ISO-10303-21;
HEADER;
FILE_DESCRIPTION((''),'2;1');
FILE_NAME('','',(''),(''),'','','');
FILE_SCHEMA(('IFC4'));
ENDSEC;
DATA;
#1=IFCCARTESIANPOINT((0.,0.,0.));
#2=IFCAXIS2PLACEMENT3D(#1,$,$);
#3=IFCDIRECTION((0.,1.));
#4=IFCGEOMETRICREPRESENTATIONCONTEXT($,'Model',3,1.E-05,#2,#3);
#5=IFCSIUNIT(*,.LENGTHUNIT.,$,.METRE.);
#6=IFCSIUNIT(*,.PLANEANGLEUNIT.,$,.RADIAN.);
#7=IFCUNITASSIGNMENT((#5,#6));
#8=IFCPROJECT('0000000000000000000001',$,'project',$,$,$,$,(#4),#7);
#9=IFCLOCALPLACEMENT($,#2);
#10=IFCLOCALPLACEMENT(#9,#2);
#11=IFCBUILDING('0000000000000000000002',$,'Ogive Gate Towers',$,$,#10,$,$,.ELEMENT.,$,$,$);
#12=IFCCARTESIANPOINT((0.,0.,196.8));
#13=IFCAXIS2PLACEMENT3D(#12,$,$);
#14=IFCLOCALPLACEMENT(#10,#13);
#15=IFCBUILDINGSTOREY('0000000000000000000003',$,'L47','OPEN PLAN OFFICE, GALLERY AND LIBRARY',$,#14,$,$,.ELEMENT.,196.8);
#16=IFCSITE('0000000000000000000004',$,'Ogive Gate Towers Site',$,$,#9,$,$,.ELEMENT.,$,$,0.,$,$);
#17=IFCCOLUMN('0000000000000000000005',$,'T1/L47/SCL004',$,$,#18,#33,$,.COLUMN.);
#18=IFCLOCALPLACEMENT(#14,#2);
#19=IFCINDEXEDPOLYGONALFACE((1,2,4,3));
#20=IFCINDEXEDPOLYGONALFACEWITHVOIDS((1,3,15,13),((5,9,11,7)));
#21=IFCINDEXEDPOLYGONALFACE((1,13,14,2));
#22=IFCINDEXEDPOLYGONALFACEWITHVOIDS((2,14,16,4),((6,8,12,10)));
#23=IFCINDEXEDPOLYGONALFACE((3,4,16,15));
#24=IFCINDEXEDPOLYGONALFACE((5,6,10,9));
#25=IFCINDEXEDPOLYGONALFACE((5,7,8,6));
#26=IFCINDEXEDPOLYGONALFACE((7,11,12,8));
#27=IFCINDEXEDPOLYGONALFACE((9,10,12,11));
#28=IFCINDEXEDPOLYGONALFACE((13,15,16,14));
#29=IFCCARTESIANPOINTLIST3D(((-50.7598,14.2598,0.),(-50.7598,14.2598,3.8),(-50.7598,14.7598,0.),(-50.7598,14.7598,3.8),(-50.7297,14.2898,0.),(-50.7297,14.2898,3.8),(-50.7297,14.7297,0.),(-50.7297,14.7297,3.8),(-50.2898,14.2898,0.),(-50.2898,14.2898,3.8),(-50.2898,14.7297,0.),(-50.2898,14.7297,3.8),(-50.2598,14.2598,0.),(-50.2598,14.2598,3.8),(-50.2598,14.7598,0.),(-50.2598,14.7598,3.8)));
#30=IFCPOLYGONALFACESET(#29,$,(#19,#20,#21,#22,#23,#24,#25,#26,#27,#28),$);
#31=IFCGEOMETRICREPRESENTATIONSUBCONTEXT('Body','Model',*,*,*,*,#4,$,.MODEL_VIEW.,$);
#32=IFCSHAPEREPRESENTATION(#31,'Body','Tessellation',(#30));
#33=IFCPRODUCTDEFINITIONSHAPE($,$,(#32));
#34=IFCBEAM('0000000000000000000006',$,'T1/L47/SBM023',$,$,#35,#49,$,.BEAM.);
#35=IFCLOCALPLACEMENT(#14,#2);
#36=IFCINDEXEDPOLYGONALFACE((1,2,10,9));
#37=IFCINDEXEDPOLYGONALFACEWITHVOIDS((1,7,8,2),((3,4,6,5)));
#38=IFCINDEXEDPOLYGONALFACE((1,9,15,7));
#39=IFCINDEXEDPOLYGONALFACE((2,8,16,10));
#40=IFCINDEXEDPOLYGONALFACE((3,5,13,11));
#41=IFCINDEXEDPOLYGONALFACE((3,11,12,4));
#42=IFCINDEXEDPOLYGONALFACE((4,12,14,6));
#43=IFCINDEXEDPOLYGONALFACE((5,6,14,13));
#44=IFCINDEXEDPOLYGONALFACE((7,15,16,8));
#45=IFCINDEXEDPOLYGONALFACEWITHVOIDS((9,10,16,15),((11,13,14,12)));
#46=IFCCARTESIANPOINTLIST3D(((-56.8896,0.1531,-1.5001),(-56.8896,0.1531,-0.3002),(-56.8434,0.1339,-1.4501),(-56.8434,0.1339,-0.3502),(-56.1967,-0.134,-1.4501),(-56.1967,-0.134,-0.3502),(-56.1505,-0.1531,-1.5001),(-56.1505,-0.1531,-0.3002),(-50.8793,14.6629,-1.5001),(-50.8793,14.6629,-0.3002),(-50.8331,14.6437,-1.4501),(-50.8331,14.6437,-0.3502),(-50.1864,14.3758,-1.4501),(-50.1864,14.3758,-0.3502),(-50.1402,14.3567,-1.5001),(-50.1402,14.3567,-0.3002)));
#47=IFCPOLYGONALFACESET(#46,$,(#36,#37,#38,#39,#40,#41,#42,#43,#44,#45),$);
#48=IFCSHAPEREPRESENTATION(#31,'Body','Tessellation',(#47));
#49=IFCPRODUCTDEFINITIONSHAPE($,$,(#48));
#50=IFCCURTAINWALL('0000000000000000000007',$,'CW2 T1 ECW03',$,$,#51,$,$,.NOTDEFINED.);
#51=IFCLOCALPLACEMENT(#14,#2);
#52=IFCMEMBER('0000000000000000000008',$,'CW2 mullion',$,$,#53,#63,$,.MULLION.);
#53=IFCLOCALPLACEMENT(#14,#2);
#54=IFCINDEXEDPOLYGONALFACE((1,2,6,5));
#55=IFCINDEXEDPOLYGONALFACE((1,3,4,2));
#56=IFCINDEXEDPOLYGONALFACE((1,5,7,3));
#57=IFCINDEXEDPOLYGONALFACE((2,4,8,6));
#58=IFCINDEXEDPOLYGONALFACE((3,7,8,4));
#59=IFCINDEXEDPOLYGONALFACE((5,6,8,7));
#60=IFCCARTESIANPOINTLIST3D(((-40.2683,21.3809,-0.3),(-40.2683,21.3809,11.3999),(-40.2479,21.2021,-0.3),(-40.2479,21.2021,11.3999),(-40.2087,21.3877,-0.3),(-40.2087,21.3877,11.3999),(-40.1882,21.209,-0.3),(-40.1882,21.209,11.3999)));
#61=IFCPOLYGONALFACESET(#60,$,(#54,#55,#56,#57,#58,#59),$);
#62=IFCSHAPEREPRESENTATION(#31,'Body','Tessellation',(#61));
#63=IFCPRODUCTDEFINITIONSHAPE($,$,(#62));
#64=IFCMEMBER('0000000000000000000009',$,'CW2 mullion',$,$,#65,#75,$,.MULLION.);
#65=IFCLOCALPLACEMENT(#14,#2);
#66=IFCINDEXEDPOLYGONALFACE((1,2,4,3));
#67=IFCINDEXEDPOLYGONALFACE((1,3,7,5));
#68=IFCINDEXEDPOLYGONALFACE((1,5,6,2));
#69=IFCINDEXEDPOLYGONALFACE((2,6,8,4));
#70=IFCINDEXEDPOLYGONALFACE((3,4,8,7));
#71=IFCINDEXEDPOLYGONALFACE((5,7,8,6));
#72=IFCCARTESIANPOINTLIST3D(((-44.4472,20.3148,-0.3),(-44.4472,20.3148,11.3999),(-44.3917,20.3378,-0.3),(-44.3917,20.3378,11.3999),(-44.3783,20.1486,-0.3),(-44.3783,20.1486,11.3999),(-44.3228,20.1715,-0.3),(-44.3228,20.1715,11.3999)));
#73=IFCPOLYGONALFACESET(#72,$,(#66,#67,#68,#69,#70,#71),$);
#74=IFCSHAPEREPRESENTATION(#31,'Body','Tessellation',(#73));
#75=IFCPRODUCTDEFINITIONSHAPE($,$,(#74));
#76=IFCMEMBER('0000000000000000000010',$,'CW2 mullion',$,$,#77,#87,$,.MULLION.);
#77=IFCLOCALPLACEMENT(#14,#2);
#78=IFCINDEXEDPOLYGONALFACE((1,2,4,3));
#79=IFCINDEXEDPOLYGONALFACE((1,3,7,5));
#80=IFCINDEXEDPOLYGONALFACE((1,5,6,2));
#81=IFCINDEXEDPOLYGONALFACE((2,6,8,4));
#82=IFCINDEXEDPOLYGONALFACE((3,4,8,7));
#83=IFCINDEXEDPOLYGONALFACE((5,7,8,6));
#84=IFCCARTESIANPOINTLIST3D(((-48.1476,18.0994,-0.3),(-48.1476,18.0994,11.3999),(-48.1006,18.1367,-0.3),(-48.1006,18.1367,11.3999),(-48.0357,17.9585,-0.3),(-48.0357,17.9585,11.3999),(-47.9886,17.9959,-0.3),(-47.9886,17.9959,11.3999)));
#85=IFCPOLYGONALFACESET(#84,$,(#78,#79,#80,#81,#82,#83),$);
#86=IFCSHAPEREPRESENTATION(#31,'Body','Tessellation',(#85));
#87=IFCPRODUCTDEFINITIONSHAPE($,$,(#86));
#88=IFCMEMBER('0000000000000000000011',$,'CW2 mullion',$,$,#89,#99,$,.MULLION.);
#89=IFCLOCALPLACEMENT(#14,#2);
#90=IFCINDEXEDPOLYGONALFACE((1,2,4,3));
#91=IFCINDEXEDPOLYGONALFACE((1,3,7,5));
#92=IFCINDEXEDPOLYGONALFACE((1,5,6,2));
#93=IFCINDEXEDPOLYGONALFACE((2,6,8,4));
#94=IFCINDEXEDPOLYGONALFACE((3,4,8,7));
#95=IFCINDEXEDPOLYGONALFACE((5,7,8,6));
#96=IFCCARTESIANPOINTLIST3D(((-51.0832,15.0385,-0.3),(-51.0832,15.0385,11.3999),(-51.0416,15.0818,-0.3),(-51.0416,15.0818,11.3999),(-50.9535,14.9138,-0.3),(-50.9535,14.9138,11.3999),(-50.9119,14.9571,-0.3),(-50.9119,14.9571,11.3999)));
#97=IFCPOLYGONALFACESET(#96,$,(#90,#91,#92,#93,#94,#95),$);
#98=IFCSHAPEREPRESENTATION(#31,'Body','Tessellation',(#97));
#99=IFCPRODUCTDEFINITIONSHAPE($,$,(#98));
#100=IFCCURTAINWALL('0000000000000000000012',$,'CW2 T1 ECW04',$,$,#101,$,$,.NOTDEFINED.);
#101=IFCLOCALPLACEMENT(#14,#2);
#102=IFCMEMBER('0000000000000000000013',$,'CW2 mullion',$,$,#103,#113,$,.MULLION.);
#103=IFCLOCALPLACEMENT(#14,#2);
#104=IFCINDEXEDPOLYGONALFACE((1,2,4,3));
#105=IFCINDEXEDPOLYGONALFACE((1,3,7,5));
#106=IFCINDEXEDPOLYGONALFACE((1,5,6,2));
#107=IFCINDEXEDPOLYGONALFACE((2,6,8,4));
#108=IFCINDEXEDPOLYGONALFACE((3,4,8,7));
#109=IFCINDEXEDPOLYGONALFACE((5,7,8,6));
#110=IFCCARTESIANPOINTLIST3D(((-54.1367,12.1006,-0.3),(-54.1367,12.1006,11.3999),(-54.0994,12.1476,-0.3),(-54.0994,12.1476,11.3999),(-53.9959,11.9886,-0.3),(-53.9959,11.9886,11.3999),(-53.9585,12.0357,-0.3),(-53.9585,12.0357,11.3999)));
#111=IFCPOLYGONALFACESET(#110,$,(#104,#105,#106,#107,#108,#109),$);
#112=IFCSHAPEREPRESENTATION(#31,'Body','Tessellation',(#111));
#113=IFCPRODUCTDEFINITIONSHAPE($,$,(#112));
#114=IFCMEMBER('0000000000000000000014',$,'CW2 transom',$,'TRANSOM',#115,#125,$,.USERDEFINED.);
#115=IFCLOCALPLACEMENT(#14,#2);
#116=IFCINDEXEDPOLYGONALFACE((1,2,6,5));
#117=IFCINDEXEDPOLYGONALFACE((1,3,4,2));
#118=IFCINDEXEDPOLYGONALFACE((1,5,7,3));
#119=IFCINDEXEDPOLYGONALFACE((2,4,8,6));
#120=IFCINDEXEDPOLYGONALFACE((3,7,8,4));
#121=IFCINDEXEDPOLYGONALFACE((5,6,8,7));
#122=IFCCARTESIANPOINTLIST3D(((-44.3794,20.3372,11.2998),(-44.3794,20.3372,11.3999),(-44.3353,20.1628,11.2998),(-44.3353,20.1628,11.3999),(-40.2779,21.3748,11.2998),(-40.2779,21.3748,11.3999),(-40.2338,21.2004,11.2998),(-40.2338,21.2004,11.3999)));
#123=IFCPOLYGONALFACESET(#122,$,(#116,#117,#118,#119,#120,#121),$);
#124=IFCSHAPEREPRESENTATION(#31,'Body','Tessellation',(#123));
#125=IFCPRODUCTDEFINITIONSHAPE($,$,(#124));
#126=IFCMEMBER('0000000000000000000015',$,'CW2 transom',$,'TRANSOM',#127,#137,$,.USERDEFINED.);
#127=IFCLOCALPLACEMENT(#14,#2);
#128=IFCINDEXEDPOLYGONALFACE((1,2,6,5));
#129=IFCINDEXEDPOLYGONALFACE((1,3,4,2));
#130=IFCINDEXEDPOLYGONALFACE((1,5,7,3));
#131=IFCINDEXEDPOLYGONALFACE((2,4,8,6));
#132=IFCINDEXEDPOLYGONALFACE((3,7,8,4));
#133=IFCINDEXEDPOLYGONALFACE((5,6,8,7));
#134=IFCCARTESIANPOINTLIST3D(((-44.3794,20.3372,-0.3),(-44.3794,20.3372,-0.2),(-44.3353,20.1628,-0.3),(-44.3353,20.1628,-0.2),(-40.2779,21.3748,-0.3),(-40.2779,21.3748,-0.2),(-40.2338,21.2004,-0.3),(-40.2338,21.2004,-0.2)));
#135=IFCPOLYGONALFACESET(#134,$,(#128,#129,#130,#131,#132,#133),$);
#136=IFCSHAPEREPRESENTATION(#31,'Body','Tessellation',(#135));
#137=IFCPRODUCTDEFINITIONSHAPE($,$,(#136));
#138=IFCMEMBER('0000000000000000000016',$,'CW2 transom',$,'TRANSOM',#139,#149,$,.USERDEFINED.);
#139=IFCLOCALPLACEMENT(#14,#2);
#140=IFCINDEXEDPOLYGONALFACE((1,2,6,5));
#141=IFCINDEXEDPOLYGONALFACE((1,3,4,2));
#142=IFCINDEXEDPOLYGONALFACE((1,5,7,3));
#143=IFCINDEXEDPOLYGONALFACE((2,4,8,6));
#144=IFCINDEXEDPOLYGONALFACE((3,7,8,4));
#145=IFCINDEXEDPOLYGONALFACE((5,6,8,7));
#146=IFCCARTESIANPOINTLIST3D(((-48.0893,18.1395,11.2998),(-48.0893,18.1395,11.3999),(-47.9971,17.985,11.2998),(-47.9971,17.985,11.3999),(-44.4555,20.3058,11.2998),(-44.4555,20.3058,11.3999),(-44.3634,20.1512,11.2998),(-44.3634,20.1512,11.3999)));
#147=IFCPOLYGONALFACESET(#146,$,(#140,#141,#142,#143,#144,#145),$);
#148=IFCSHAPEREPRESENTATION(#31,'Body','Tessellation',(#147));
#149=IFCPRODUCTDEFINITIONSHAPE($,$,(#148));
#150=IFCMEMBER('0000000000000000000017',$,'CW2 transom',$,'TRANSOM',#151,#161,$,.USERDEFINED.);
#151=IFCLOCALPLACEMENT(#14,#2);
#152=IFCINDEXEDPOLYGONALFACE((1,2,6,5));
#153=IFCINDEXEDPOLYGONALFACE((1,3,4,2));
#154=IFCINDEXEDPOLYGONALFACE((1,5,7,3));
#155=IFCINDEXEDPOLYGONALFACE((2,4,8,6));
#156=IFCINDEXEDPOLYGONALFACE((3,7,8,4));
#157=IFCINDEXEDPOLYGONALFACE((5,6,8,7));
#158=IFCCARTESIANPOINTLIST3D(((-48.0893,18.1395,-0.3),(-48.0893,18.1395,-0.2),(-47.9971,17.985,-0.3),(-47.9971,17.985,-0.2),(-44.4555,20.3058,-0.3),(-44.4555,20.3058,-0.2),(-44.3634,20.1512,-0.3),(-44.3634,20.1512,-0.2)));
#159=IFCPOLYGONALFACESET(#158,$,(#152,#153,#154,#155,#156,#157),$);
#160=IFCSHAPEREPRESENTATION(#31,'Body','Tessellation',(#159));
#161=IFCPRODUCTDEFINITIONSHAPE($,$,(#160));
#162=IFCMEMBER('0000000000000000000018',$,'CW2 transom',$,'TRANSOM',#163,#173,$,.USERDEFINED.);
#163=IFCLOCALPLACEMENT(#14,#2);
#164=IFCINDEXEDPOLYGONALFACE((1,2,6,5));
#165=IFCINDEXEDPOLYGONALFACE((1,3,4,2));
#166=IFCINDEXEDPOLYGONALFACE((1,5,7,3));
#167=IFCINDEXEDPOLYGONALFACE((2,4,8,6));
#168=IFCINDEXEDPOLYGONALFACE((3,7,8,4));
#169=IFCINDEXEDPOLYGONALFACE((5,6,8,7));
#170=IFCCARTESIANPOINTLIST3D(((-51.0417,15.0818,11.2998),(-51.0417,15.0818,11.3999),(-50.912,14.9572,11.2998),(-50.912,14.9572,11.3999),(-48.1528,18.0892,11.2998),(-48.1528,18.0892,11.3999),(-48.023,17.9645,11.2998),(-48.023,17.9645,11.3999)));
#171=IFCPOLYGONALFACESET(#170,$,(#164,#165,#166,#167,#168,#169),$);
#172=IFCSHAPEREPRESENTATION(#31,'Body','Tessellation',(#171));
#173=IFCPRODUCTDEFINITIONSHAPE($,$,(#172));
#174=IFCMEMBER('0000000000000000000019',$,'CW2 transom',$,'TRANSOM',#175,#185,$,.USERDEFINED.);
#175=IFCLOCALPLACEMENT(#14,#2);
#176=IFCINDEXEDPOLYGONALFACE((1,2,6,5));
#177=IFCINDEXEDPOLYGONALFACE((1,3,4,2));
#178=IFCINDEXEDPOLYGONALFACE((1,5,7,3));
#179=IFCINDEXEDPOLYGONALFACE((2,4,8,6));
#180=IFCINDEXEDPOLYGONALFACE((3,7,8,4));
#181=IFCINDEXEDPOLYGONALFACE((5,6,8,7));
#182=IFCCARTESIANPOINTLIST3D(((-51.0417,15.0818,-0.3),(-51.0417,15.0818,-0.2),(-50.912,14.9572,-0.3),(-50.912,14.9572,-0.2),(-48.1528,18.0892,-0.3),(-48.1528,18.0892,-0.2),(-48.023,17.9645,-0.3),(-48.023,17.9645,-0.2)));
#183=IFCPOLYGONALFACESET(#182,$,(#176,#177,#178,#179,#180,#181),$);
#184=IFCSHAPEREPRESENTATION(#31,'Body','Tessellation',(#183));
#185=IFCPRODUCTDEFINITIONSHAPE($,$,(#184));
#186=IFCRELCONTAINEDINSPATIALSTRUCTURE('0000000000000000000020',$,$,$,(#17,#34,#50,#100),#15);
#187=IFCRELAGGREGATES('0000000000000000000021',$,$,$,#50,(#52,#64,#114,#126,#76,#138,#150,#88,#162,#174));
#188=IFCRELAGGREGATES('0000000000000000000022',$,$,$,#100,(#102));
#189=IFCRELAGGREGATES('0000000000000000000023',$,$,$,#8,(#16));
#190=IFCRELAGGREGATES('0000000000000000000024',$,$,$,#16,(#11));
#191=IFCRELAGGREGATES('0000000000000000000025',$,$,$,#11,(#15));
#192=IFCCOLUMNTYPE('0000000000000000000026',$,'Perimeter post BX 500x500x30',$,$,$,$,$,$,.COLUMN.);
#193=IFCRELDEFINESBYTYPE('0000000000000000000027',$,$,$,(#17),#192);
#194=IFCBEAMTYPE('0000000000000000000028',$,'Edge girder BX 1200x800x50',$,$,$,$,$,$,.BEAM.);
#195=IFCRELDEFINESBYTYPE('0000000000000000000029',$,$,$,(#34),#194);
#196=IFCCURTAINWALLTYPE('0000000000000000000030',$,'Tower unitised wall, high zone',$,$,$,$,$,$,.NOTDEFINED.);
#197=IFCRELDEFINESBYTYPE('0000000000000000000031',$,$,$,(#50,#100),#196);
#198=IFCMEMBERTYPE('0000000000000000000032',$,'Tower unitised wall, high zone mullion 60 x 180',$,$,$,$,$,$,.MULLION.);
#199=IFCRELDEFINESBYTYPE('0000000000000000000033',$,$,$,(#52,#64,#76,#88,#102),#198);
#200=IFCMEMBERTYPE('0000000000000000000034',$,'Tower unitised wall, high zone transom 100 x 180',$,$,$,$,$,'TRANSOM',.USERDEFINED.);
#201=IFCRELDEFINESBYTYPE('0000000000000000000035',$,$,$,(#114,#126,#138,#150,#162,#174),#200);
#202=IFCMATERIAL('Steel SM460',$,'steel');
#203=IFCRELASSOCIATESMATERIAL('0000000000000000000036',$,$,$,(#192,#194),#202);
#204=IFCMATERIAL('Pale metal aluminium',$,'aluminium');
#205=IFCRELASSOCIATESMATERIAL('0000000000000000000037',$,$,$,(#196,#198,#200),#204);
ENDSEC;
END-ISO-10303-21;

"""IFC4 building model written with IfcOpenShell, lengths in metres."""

from ifc_helpers import new_model, si_unit, direction, frame, origin, origin_2d, place, context, subcontext, project, spatial, rectangle, hollow_rectangle, extrude, material, material_profile, profile_set, type_object, element, aggregate, save


model = new_model("IFC4")

# Units and contexts
model_context = context("Model", 3, precision=1e-05, world=origin(), true_north=direction((0.0, 1.0)))
body_context = subcontext(model_context, "Body", "Model", "MODEL_VIEW")
ifc_project = project(units=[si_unit("LENGTHUNIT", "METRE"), si_unit("PLANEANGLEUNIT", "RADIAN")], contexts=[model_context])

# Site, building, storey
site_placement = place(None, origin())
site = spatial("IfcSite", under=ifc_project, at=site_placement, Name="Ogive Gate Towers Site", CompositionType="ELEMENT", RefElevation=0.0)
building_placement = place(site_placement, origin())
building = spatial("IfcBuilding", under=site, at=building_placement, Name="Ogive Gate Towers", CompositionType="ELEMENT")
storey_placement = place(building_placement, frame((0.0, 0.0, 196.8)))
storey = spatial("IfcBuildingStorey", under=building, at=storey_placement, Name="L47", Description="OPEN PLAN OFFICE, GALLERY AND LIBRARY", CompositionType="ELEMENT", Elevation=196.8)

# Column
ifc_material_1 = material(Name="Steel SM460", Category="steel")
ifc_material_profile_1 = material_profile(ifc_material_1, hollow_rectangle(XDim=0.5, YDim=0.5, WallThickness=0.03, at=origin_2d()), Name="BX 500x500x30")
ifc_profile_set_1 = profile_set([ifc_material_profile_1], Name="Steel SM460")
column_type = type_object("IfcColumnType", Name="Perimeter post BX 500x500x30", PredefinedType="COLUMN", material=ifc_profile_set_1)
column_placement = place(storey_placement, frame((-50.5098, 14.5098, 0.0), z_axis=(0.0, 0.0, 1.0), x_axis=(1.0, 0.0, 0.0)))
element("IfcColumn", 1, at=column_placement, inside=storey, type_object=column_type, Name="T1/L47/SCL004", PredefinedType="COLUMN", context=body_context, shape_type="SweptSolid", body=[
    extrude(hollow_rectangle(XDim=0.5, YDim=0.5, WallThickness=0.03, at=origin_2d()), origin(), (0.0, 0.0, 1.0), 3.8),
])

# Beam
ifc_material_profile_2 = material_profile(ifc_material_1, hollow_rectangle(XDim=0.8, YDim=1.2, WallThickness=0.05, at=origin_2d()), Name="BX 1200x800x50")
ifc_profile_set_2 = profile_set([ifc_material_profile_2], Name="Steel SM460")
beam_type = type_object("IfcBeamType", Name="Edge girder BX 1200x800x50", PredefinedType="BEAM", material=ifc_profile_set_2)
beam_placement = place(storey_placement, frame((-50.5098, 14.5098, -0.9001), z_axis=(-0.38269, -0.923877, 0.0), x_axis=(0.923877, -0.38269, 0.0)))
element("IfcBeam", 2, at=beam_placement, inside=storey, type_object=beam_type, Name="T1/L47/SBM023", PredefinedType="BEAM", context=body_context, shape_type="SweptSolid", body=[
    extrude(hollow_rectangle(XDim=0.8, YDim=1.2, WallThickness=0.05, at=origin_2d()), origin(), (0.0, 0.0, 1.0), 15.7053),
])

# Curtain wall, members
ifc_material_2 = material(Name="Pale metal aluminium", Category="aluminium")
curtain_wall_type = type_object("IfcCurtainWallType", Name="Tower unitised wall, high zone", PredefinedType="NOTDEFINED", material=ifc_material_2)
curtain_wall_1_placement = place(storey_placement, origin())
curtain_wall_1 = element("IfcCurtainWall", 3, at=curtain_wall_1_placement, inside=storey, type_object=curtain_wall_type, Name="CW2 T1 ECW03", PredefinedType="NOTDEFINED")
ifc_material_profile_3 = material_profile(ifc_material_2, rectangle(XDim=0.1799, YDim=0.0601, at=origin_2d()), Name="60 x 180 aluminium box")
ifc_profile_set_3 = profile_set([ifc_material_profile_3], Name="Pale metal aluminium")
member_type_1 = type_object("IfcMemberType", Name="Tower unitised wall, high zone mullion 60 x 180", PredefinedType="MULLION", material=ifc_profile_set_3)
member_1_placement = place(storey_placement, frame((-40.2283, 21.2949, -0.3), z_axis=(0.0, 0.0, 1.0), x_axis=(-0.113637, 0.993522, 0.0)))
member_1 = element("IfcMember", 4, at=member_1_placement, type_object=member_type_1, Name="CW2 mullion", PredefinedType="MULLION", context=body_context, shape_type="SweptSolid", body=[
    extrude(rectangle(XDim=0.1799, YDim=0.0601, at=origin_2d()), origin(), (0.0, 0.0, 1.0), 11.7),
])
member_2_placement = place(storey_placement, frame((-44.385, 20.2432, -0.3), z_axis=(0.0, 0.0, 1.0), x_axis=(-0.382683, 0.92388, 0.0)))
member_2 = element("IfcMember", 5, at=member_2_placement, type_object=member_type_1, Name="CW2 mullion", PredefinedType="MULLION", context=body_context, shape_type="SweptSolid", body=[
    extrude(rectangle(XDim=0.1799, YDim=0.0601, at=origin_2d()), origin(), (0.0, 0.0, 1.0), 11.7),
])
member_3_placement = place(storey_placement, frame((-48.0681, 18.0476, -0.3), z_axis=(0.0, 0.0, 1.0), x_axis=(-0.622173, 0.78288, 0.0)))
member_3 = element("IfcMember", 6, at=member_3_placement, type_object=member_type_1, Name="CW2 mullion", PredefinedType="MULLION", context=body_context, shape_type="SweptSolid", body=[
    extrude(rectangle(XDim=0.1799, YDim=0.0601, at=origin_2d()), origin(), (0.0, 0.0, 1.0), 11.7),
])
member_4_placement = place(storey_placement, frame((-50.9976, 14.9978, -0.3), z_axis=(0.0, 0.0, 1.0), x_axis=(-0.721144, 0.692785, 0.0)))
member_4 = element("IfcMember", 7, at=member_4_placement, type_object=member_type_1, Name="CW2 mullion", PredefinedType="MULLION", context=body_context, shape_type="SweptSolid", body=[
    extrude(rectangle(XDim=0.1799, YDim=0.0601, at=origin_2d()), origin(), (0.0, 0.0, 1.0), 11.7),
])

# Curtain wall, member
curtain_wall_2_placement = place(storey_placement, origin())
curtain_wall_2 = element("IfcCurtainWall", 8, at=curtain_wall_2_placement, inside=storey, type_object=curtain_wall_type, Name="CW2 T1 ECW04", PredefinedType="NOTDEFINED")
member_5_placement = place(storey_placement, frame((-54.0476, 12.0681, -0.3), z_axis=(0.0, 0.0, 1.0), x_axis=(-0.78288, 0.622173, 0.0)))
member_5 = element("IfcMember", 9, at=member_5_placement, type_object=member_type_1, Name="CW2 mullion", PredefinedType="MULLION", context=body_context, shape_type="SweptSolid", body=[
    extrude(rectangle(XDim=0.1799, YDim=0.0601, at=origin_2d()), origin(), (0.0, 0.0, 1.0), 11.7),
])

# Members
ifc_material_profile_4 = material_profile(ifc_material_2, rectangle(XDim=0.1799, YDim=0.1001, at=origin_2d()), Name="100 x 180 aluminium box")
ifc_profile_set_4 = profile_set([ifc_material_profile_4], Name="Pale metal aluminium")
member_type_2 = type_object("IfcMemberType", Name="Tower unitised wall, high zone transom 100 x 180", ElementType="TRANSOM", PredefinedType="USERDEFINED", material=ifc_profile_set_4)
member_6_placement = place(storey_placement, frame((-40.2559, 21.2876, 11.3499), z_axis=(-0.96946, -0.24525, 0.0), x_axis=(0.24525, -0.96946, 0.0)))
member_6 = element("IfcMember", 10, at=member_6_placement, type_object=member_type_2, Name="CW2 transom", ObjectType="TRANSOM", PredefinedType="USERDEFINED", context=body_context, shape_type="SweptSolid", body=[
    extrude(rectangle(XDim=0.1799, YDim=0.1001, at=origin_2d()), origin(), (0.0, 0.0, 1.0), 4.2307),
])
member_7_placement = place(storey_placement, frame((-40.2559, 21.2876, -0.25), z_axis=(-0.96946, -0.24525, 0.0), x_axis=(0.24525, -0.96946, 0.0)))
member_7 = element("IfcMember", 11, at=member_7_placement, type_object=member_type_2, Name="CW2 transom", ObjectType="TRANSOM", PredefinedType="USERDEFINED", context=body_context, shape_type="SweptSolid", body=[
    extrude(rectangle(XDim=0.1799, YDim=0.1001, at=origin_2d()), origin(), (0.0, 0.0, 1.0), 4.2307),
])
member_8_placement = place(storey_placement, frame((-44.4094, 20.2285, 11.3499), z_axis=(-0.858951, -0.512058, 0.0), x_axis=(0.512058, -0.858951, 0.0)))
member_8 = element("IfcMember", 12, at=member_8_placement, type_object=member_type_2, Name="CW2 transom", ObjectType="TRANSOM", PredefinedType="USERDEFINED", context=body_context, shape_type="SweptSolid", body=[
    extrude(rectangle(XDim=0.1799, YDim=0.1001, at=origin_2d()), origin(), (0.0, 0.0, 1.0), 4.2305),
])
member_9_placement = place(storey_placement, frame((-44.4094, 20.2285, -0.25), z_axis=(-0.858951, -0.512058, 0.0), x_axis=(0.512058, -0.858951, 0.0)))
member_9 = element("IfcMember", 13, at=member_9_placement, type_object=member_type_2, Name="CW2 transom", ObjectType="TRANSOM", PredefinedType="USERDEFINED", context=body_context, shape_type="SweptSolid", body=[
    extrude(rectangle(XDim=0.1799, YDim=0.1001, at=origin_2d()), origin(), (0.0, 0.0, 1.0), 4.2305),
])
member_10_placement = place(storey_placement, frame((-48.0879, 18.0269, 11.3499), z_axis=(-0.692767, -0.721161, 0.0), x_axis=(0.721161, -0.692767, 0.0)))
member_10 = element("IfcMember", 14, at=member_10_placement, type_object=member_type_2, Name="CW2 transom", ObjectType="TRANSOM", PredefinedType="USERDEFINED", context=body_context, shape_type="SweptSolid", body=[
    extrude(rectangle(XDim=0.1799, YDim=0.1001, at=origin_2d()), origin(), (0.0, 0.0, 1.0), 4.1702),
])
member_11_placement = place(storey_placement, frame((-48.0879, 18.0269, -0.25), z_axis=(-0.692767, -0.721161, 0.0), x_axis=(0.721161, -0.692767, 0.0)))
member_11 = element("IfcMember", 15, at=member_11_placement, type_object=member_type_2, Name="CW2 transom", ObjectType="TRANSOM", PredefinedType="USERDEFINED", context=body_context, shape_type="SweptSolid", body=[
    extrude(rectangle(XDim=0.1799, YDim=0.1001, at=origin_2d()), origin(), (0.0, 0.0, 1.0), 4.1702),
])

aggregate(curtain_wall_1, [member_1, member_2, member_6, member_7, member_3, member_8, member_9, member_4, member_10, member_11])
aggregate(curtain_wall_2, [member_5])

save(model, "model.ifc")
